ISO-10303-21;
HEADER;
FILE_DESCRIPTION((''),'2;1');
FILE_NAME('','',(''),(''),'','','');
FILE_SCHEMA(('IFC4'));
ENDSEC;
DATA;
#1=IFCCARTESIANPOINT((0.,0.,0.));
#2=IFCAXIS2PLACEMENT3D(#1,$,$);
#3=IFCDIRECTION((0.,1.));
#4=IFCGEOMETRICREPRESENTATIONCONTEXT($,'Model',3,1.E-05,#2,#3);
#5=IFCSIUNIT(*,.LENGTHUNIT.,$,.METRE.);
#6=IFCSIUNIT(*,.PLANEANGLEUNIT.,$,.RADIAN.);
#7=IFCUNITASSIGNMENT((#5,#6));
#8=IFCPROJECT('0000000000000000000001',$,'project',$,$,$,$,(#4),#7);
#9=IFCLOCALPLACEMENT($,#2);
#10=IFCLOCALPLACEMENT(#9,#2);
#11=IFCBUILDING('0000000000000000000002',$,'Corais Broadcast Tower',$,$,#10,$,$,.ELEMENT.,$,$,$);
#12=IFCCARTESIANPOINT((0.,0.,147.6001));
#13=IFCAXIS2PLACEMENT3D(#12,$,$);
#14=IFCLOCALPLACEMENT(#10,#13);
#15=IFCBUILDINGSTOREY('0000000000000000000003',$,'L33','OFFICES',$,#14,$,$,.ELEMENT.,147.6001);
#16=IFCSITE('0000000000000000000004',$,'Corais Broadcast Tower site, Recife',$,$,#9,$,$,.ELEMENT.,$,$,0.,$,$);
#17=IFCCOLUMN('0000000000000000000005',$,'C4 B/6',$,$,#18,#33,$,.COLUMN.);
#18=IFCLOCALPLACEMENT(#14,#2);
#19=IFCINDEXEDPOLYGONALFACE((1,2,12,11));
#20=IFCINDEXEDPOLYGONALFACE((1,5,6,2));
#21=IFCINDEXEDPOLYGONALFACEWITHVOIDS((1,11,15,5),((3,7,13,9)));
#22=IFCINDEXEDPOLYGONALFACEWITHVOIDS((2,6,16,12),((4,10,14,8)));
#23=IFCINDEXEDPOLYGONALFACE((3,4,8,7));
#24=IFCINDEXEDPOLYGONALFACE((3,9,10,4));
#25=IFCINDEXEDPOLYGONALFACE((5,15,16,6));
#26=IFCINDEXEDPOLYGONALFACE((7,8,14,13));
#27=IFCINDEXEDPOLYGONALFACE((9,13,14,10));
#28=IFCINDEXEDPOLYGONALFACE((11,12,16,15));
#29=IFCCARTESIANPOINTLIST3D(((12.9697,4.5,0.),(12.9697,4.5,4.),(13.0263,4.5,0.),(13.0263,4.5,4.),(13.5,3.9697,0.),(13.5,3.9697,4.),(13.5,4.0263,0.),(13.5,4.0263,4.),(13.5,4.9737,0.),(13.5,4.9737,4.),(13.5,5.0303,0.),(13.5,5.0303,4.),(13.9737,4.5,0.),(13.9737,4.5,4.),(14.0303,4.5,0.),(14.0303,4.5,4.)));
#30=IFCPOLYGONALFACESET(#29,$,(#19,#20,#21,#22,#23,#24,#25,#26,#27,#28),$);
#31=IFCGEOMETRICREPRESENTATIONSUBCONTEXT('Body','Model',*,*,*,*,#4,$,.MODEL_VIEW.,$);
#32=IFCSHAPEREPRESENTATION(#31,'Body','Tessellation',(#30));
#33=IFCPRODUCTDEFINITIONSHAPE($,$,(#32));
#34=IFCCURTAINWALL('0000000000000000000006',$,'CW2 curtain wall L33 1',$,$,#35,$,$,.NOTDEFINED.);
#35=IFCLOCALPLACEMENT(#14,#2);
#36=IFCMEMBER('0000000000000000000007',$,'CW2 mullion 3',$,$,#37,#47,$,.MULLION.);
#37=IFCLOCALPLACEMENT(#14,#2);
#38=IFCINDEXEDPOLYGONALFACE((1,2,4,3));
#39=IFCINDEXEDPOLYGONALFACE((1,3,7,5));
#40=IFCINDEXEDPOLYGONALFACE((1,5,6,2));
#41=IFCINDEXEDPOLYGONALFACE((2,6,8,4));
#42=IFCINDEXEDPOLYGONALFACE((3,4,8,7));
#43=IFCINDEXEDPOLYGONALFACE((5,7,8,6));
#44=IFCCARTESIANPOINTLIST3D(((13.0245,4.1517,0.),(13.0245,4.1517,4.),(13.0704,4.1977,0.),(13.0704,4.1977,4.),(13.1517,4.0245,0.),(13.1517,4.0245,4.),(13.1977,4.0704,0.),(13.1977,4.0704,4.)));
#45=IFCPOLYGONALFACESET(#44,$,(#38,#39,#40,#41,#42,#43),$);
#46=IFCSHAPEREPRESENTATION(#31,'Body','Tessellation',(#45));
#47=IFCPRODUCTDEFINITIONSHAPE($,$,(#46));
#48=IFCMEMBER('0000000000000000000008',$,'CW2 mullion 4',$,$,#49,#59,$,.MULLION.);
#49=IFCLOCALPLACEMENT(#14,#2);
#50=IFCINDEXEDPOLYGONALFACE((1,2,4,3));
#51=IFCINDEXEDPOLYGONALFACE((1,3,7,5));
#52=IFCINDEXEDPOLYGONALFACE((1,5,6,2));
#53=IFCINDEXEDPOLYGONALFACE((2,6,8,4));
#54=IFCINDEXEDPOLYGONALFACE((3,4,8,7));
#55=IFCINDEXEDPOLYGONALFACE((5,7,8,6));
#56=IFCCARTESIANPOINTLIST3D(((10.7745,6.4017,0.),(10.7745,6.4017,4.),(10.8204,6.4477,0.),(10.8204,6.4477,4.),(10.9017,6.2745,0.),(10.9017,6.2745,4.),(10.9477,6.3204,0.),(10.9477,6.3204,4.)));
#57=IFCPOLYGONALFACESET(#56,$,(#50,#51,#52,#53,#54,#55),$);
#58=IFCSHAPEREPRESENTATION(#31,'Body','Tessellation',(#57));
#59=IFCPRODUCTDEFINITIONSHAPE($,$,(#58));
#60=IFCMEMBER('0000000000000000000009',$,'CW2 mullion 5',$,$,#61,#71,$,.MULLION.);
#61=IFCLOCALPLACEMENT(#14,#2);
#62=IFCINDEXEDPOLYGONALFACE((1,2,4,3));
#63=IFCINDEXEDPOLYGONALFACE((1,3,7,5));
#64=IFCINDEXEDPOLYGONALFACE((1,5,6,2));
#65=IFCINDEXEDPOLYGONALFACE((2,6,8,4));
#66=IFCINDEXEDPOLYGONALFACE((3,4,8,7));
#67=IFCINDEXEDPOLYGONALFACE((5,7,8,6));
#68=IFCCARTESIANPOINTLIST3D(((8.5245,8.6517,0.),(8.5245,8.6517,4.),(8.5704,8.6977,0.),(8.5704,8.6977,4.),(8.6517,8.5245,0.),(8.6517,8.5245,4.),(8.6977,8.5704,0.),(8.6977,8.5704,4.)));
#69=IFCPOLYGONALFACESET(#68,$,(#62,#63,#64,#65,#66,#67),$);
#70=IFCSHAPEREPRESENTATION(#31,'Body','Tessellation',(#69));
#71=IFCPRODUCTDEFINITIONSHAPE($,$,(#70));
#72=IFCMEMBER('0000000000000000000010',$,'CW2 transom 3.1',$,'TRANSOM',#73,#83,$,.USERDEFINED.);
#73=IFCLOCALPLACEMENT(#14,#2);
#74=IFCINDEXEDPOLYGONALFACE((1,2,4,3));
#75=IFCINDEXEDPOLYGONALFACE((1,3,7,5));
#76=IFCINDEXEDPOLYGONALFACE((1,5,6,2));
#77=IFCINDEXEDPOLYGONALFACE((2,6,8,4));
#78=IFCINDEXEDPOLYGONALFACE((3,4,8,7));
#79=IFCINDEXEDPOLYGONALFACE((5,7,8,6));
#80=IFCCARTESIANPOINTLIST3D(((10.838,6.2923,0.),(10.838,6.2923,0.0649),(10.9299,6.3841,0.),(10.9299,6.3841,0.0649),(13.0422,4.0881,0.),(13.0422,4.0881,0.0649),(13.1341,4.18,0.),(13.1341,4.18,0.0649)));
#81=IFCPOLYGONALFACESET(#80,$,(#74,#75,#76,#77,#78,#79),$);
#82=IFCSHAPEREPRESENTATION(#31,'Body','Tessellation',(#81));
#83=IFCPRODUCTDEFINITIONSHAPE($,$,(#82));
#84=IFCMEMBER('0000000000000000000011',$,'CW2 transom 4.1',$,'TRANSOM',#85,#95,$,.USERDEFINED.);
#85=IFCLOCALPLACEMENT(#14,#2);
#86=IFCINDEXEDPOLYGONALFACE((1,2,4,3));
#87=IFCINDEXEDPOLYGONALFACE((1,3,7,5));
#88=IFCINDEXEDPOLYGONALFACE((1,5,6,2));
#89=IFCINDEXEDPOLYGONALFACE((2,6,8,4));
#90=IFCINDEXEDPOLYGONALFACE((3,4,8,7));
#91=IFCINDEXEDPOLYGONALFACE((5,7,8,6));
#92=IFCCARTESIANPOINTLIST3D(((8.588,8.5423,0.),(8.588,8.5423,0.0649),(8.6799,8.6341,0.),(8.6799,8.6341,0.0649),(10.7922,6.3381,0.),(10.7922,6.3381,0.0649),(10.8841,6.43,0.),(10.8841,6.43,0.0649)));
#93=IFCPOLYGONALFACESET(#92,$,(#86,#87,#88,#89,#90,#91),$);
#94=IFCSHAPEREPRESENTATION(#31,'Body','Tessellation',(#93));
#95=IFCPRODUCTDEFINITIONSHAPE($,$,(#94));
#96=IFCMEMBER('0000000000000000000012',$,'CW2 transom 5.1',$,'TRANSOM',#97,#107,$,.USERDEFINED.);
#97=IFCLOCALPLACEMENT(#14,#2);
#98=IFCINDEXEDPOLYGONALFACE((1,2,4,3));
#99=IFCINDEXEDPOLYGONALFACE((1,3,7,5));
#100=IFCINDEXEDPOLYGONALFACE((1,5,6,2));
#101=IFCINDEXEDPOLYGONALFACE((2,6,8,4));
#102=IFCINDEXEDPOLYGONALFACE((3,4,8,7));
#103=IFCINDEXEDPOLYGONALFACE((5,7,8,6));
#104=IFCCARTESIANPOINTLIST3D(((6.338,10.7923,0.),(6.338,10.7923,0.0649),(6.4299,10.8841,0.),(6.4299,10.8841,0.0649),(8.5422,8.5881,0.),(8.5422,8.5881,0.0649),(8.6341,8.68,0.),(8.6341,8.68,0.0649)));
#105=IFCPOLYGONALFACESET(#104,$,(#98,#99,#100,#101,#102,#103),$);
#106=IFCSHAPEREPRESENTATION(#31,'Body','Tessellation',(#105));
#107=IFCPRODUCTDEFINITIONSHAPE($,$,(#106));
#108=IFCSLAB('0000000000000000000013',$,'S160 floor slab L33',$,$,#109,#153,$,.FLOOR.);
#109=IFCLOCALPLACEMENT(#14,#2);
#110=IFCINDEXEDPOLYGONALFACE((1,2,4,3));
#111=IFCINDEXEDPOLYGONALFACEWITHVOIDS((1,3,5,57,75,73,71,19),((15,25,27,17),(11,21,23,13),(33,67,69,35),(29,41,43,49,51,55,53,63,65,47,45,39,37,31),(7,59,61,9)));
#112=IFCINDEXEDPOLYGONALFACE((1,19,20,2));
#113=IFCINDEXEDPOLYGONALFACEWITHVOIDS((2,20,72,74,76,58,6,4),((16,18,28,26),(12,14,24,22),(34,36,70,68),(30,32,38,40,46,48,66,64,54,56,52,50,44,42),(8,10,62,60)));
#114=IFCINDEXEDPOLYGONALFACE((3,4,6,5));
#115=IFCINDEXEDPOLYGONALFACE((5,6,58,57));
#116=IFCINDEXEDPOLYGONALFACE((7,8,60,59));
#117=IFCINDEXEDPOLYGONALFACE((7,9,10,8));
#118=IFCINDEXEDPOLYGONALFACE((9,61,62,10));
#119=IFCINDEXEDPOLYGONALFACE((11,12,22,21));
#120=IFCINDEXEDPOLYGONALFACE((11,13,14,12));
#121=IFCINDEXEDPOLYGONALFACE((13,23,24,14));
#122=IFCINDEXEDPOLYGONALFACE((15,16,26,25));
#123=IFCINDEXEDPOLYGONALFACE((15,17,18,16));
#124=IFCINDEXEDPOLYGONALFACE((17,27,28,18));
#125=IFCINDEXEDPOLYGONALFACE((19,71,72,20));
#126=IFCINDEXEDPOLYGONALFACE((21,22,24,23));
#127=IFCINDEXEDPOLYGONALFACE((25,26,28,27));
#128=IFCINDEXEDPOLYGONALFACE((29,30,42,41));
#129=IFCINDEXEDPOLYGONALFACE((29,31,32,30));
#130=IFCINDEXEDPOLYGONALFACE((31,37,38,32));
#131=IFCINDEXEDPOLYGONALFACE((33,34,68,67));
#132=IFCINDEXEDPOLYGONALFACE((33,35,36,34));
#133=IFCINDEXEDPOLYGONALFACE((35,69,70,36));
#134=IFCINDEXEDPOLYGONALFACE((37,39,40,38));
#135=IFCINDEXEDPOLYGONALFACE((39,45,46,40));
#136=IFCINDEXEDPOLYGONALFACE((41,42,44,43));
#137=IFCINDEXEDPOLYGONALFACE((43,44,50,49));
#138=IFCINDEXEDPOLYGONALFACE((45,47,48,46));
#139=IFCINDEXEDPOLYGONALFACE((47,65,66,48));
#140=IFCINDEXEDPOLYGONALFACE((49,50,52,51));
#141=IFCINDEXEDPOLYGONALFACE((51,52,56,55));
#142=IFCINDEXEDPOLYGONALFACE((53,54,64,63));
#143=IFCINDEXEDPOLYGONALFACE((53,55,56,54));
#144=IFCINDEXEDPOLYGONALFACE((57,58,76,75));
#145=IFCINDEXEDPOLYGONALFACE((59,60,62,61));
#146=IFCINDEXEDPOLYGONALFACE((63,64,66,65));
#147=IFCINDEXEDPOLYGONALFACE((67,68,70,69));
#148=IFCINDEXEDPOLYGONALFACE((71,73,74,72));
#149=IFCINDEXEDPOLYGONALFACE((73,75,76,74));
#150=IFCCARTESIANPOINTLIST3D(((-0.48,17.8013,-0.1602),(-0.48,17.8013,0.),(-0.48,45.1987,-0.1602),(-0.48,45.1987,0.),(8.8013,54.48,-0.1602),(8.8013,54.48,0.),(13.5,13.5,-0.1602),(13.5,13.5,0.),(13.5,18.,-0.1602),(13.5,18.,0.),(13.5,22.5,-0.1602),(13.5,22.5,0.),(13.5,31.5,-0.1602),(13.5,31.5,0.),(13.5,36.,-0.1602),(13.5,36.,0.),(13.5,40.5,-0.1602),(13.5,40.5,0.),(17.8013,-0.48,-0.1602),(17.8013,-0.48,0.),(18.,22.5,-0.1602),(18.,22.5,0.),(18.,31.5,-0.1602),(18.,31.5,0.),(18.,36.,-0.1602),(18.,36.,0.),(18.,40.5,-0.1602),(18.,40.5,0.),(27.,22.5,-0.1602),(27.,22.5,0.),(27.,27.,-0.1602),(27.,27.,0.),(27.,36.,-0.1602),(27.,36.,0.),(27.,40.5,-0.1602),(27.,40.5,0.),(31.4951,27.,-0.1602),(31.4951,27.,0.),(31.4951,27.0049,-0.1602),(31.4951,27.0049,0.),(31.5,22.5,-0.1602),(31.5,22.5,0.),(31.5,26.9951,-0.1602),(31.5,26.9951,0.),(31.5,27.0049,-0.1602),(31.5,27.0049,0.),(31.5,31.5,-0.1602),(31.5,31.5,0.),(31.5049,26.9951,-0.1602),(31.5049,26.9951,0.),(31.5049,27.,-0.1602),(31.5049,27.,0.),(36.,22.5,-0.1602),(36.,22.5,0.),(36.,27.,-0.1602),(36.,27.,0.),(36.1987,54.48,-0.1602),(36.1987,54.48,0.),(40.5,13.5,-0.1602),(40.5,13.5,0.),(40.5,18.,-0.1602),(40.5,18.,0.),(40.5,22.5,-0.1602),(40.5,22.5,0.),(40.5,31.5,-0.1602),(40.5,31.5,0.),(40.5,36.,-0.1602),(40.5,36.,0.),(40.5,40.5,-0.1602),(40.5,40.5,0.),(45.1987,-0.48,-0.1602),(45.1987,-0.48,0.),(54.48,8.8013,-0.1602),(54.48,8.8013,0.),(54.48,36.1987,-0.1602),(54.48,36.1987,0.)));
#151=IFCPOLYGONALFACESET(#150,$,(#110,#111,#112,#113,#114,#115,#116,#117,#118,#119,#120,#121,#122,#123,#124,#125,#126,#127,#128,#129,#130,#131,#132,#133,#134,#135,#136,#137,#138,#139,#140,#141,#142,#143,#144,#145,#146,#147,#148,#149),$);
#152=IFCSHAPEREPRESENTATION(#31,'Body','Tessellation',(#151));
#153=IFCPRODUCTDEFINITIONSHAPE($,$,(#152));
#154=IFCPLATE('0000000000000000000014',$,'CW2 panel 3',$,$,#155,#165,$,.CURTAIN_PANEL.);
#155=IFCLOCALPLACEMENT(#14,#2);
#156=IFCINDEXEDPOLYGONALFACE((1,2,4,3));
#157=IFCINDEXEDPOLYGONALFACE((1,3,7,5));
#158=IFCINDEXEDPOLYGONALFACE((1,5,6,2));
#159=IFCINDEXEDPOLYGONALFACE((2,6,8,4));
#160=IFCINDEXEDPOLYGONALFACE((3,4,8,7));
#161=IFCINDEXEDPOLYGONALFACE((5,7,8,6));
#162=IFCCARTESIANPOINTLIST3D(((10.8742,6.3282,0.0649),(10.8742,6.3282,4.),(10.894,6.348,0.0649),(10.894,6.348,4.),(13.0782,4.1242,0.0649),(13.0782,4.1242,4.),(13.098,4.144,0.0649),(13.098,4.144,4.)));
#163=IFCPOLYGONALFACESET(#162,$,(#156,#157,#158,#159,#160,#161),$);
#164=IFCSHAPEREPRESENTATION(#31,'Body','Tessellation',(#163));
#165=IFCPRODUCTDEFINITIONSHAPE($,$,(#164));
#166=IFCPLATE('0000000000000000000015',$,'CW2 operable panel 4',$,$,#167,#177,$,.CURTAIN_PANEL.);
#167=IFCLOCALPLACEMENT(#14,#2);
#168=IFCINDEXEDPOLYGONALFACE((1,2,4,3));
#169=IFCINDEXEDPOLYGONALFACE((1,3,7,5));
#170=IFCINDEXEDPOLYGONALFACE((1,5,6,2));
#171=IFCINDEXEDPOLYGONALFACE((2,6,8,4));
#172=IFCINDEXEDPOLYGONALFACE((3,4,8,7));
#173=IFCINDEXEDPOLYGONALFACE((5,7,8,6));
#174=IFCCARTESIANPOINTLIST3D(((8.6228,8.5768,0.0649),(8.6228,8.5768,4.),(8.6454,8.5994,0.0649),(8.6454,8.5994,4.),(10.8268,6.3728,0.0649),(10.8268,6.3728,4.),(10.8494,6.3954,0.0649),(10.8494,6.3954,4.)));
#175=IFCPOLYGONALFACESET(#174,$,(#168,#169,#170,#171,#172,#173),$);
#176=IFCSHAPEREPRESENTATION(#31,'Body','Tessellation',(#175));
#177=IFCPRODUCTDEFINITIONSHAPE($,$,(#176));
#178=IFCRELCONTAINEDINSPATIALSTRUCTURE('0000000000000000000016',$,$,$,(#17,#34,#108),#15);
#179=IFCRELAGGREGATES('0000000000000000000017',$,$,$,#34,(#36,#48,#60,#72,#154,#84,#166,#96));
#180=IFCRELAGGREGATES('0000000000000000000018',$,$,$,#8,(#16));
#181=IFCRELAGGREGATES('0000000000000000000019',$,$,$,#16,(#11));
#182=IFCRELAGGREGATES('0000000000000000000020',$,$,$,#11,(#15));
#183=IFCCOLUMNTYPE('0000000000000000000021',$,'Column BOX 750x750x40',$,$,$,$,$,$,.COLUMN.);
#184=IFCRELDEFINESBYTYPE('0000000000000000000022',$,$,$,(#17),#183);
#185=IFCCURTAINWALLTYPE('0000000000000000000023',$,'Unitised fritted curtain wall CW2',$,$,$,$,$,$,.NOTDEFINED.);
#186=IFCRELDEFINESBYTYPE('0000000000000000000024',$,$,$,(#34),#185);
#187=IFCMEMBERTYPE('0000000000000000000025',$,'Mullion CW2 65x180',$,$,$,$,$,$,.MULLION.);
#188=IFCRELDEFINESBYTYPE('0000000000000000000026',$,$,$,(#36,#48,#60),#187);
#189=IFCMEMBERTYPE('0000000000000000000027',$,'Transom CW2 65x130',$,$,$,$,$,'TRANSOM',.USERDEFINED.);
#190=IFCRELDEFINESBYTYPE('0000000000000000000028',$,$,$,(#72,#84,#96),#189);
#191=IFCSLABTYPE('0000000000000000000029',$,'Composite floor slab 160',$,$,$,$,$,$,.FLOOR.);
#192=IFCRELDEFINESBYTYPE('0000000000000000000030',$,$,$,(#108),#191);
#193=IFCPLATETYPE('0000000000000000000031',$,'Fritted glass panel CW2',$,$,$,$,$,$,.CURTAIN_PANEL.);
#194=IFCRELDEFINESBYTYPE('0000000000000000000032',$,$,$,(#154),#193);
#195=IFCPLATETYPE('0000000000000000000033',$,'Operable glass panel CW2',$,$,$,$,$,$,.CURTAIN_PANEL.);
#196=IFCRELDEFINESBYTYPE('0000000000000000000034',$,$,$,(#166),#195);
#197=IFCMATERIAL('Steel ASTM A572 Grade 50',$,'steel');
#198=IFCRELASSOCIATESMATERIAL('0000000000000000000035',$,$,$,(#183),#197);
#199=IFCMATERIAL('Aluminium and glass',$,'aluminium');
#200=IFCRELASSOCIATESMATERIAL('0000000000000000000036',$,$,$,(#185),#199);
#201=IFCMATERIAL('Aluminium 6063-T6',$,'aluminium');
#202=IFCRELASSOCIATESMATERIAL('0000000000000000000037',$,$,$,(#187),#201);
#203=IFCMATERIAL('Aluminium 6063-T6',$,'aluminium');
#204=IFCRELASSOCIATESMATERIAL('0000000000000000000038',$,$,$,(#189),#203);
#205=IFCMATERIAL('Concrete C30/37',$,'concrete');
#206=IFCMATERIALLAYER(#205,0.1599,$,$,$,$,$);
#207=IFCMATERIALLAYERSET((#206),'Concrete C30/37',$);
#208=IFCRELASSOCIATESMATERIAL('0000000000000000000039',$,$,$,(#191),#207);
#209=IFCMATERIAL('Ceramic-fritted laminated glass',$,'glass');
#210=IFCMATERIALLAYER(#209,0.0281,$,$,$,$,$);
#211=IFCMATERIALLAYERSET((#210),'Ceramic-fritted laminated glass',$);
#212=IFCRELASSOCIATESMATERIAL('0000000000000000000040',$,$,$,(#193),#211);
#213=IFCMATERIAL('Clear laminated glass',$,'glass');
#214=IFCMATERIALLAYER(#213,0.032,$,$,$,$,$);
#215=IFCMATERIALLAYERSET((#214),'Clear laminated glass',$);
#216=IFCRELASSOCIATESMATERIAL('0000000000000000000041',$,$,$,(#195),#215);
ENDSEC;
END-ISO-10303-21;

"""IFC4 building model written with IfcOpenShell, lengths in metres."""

from ifc_helpers import new_model, si_unit, direction, frame, origin, origin_2d, place, context, subcontext, project, spatial, polyline, rectangle, hollow_rectangle, outline, extrude, material, layer, layer_set, material_profile, profile_set, type_object, element, aggregate, save


model = new_model("IFC4")

# Units and contexts
model_context = context("Model", 3, precision=1e-05, world=origin(), true_north=direction((0.0, 1.0)))
body_context = subcontext(model_context, "Body", "Model", "MODEL_VIEW")
ifc_project = project(units=[si_unit("LENGTHUNIT", "METRE"), si_unit("PLANEANGLEUNIT", "RADIAN")], contexts=[model_context])

# Site, building, storey
site_placement = place(None, origin())
site = spatial("IfcSite", under=ifc_project, at=site_placement, Name="Corais Broadcast Tower site, Recife", CompositionType="ELEMENT", RefElevation=0.0)
building_placement = place(site_placement, origin())
building = spatial("IfcBuilding", under=site, at=building_placement, Name="Corais Broadcast Tower", CompositionType="ELEMENT")
storey_placement = place(building_placement, frame((0.0, 0.0, 147.6001)))
storey = spatial("IfcBuildingStorey", under=building, at=storey_placement, Name="L33", Description="OFFICES", CompositionType="ELEMENT", Elevation=147.6001)

# Column
ifc_material_1 = material(Name="Steel ASTM A572 Grade 50", Category="steel")
ifc_material_profile_1 = material_profile(ifc_material_1, hollow_rectangle(XDim=0.75, YDim=0.75, WallThickness=0.04, at=origin_2d()), Name="BOX 750x750x40")
ifc_profile_set_1 = profile_set([ifc_material_profile_1], Name="Steel ASTM A572 Grade 50")
column_type = type_object("IfcColumnType", Name="Column BOX 750x750x40", PredefinedType="COLUMN", material=ifc_profile_set_1)
column_placement = place(storey_placement, frame((13.5, 4.5, 0.0), z_axis=(0.0, 0.0, 1.0), x_axis=(0.707107, 0.707107, 0.0)))
element("IfcColumn", 1, at=column_placement, inside=storey, type_object=column_type, Name="C4 B/6", PredefinedType="COLUMN", context=body_context, shape_type="SweptSolid", body=[
    extrude(hollow_rectangle(XDim=0.75, YDim=0.75, WallThickness=0.04, at=origin_2d()), origin(), (0.0, 0.0, 1.0), 4.0),
])

# Curtain wall, members
ifc_material_2 = material(Name="Aluminium and glass", Category="aluminium")
curtain_wall_type = type_object("IfcCurtainWallType", Name="Unitised fritted curtain wall CW2", PredefinedType="NOTDEFINED", material=ifc_material_2)
curtain_wall_placement = place(storey_placement, origin())
curtain_wall = element("IfcCurtainWall", 2, at=curtain_wall_placement, inside=storey, type_object=curtain_wall_type, Name="CW2 curtain wall L33 1", PredefinedType="NOTDEFINED")
ifc_material_3 = material(Name="Aluminium 6063-T6", Category="aluminium")
ifc_material_profile_2 = material_profile(ifc_material_3, rectangle(XDim=0.0649, YDim=0.1799, at=origin_2d()), Name="Mullion CW2 65x180")
ifc_profile_set_2 = profile_set([ifc_material_profile_2], Name="Aluminium 6063-T6")
member_type_1 = type_object("IfcMemberType", Name="Mullion CW2 65x180", PredefinedType="MULLION", material=ifc_profile_set_2)
member_1_placement = place(storey_placement, frame((13.1111, 4.1111, 0.0), z_axis=(0.0, 0.0, 1.0), x_axis=(-0.707107, -0.707107, 0.0)))
member_1 = element("IfcMember", 3, at=member_1_placement, type_object=member_type_1, Name="CW2 mullion 3", PredefinedType="MULLION", context=body_context, shape_type="SweptSolid", body=[
    extrude(rectangle(XDim=0.0649, YDim=0.1799, at=origin_2d()), origin(), (0.0, 0.0, 1.0), 4.0),
])
member_2_placement = place(storey_placement, frame((10.8611, 6.3611, 0.0), z_axis=(0.0, 0.0, 1.0), x_axis=(-0.707107, -0.707107, 0.0)))
member_2 = element("IfcMember", 4, at=member_2_placement, type_object=member_type_1, Name="CW2 mullion 4", PredefinedType="MULLION", context=body_context, shape_type="SweptSolid", body=[
    extrude(rectangle(XDim=0.0649, YDim=0.1799, at=origin_2d()), origin(), (0.0, 0.0, 1.0), 4.0),
])
member_3_placement = place(storey_placement, frame((8.6111, 8.6111, 0.0), z_axis=(0.0, 0.0, 1.0), x_axis=(-0.707107, -0.707107, 0.0)))
member_3 = element("IfcMember", 5, at=member_3_placement, type_object=member_type_1, Name="CW2 mullion 5", PredefinedType="MULLION", context=body_context, shape_type="SweptSolid", body=[
    extrude(rectangle(XDim=0.0649, YDim=0.1799, at=origin_2d()), origin(), (0.0, 0.0, 1.0), 4.0),
])
ifc_material_4 = material(Name="Aluminium 6063-T6", Category="aluminium")
ifc_material_profile_3 = material_profile(ifc_material_4, rectangle(XDim=0.1299, YDim=0.0649, at=origin_2d()), Name="Transom CW2 65x130")
ifc_profile_set_3 = profile_set([ifc_material_profile_3], Name="Aluminium 6063-T6")
member_type_2 = type_object("IfcMemberType", Name="Transom CW2 65x130", ElementType="TRANSOM", PredefinedType="USERDEFINED", material=ifc_profile_set_3)
member_4_placement = place(storey_placement, frame((13.0881, 4.134, 0.0325), z_axis=(-0.707107, 0.707107, 0.0), x_axis=(-0.707107, -0.707107, 0.0)))
member_4 = element("IfcMember", 6, at=member_4_placement, type_object=member_type_2, Name="CW2 transom 3.1", ObjectType="TRANSOM", PredefinedType="USERDEFINED", context=body_context, shape_type="SweptSolid", body=[
    extrude(rectangle(XDim=0.1299, YDim=0.0649, at=origin_2d()), origin(), (0.0, 0.0, 1.0), 3.1172),
])
member_5_placement = place(storey_placement, frame((10.8381, 6.384, 0.0325), z_axis=(-0.707107, 0.707107, 0.0), x_axis=(-0.707107, -0.707107, 0.0)))
member_5 = element("IfcMember", 7, at=member_5_placement, type_object=member_type_2, Name="CW2 transom 4.1", ObjectType="TRANSOM", PredefinedType="USERDEFINED", context=body_context, shape_type="SweptSolid", body=[
    extrude(rectangle(XDim=0.1299, YDim=0.0649, at=origin_2d()), origin(), (0.0, 0.0, 1.0), 3.1172),
])
member_6_placement = place(storey_placement, frame((8.5881, 8.634, 0.0325), z_axis=(-0.707107, 0.707107, 0.0), x_axis=(-0.707107, -0.707107, 0.0)))
member_6 = element("IfcMember", 8, at=member_6_placement, type_object=member_type_2, Name="CW2 transom 5.1", ObjectType="TRANSOM", PredefinedType="USERDEFINED", context=body_context, shape_type="SweptSolid", body=[
    extrude(rectangle(XDim=0.1299, YDim=0.0649, at=origin_2d()), origin(), (0.0, 0.0, 1.0), 3.1172),
])

# Slab
ifc_material_5 = material(Name="Concrete C30/37", Category="concrete")
ifc_layer_1 = layer(ifc_material_5, 0.1599)
ifc_layer_set_1 = layer_set([ifc_layer_1], Name="Concrete C30/37")
slab_type_1 = type_object("IfcSlabType", Name="Composite floor slab 160", PredefinedType="FLOOR", material=ifc_layer_set_1)
slab_1_placement = place(storey_placement, frame((0.0, 0.0, -0.1602)))
element("IfcSlab", 9, at=slab_1_placement, inside=storey, type_object=slab_type_1, Name="S160 floor slab L33", PredefinedType="FLOOR", context=body_context, shape_type="SweptSolid", body=[
    extrude(outline(polyline([(17.8013, -0.48), (-0.48, 17.8013), (-0.48, 45.1987), (8.8013, 54.48), (36.1987, 54.48), (54.48, 36.1987), (54.48, 8.8013), (45.1987, -0.48), (17.8013, -0.48)]), holes=[polyline([(13.5, 18.0), (40.5, 18.0), (40.5, 13.5), (13.5, 13.5), (13.5, 18.0)]), polyline([(18.0, 22.5), (13.5, 22.5), (13.5, 31.5), (18.0, 31.5), (18.0, 22.5)]), polyline([(18.0, 36.0), (13.5, 36.0), (13.5, 40.5), (18.0, 40.5), (18.0, 36.0)]), polyline([(31.5, 22.5), (27.0, 22.5), (27.0, 27.0), (31.4951, 27.0), (31.4951, 27.0049), (31.5, 27.0049), (31.5, 31.5), (40.5, 31.5), (40.5, 22.5), (36.0, 22.5), (36.0, 27.0), (31.5049, 27.0), (31.5049, 26.9951), (31.5, 26.9951), (31.5, 22.5)]), polyline([(27.0, 40.5), (40.5, 40.5), (40.5, 36.0), (27.0, 36.0), (27.0, 40.5)])]), origin(), (0.0, 0.0, 1.0), 0.1602),
])

# Plates
ifc_material_6 = material(Name="Ceramic-fritted laminated glass", Category="glass")
ifc_layer_2 = layer(ifc_material_6, 0.0281)
ifc_layer_set_2 = layer_set([ifc_layer_2], Name="Ceramic-fritted laminated glass")
plate_type_1 = type_object("IfcPlateType", Name="Fritted glass panel CW2", PredefinedType="CURTAIN_PANEL", material=ifc_layer_set_2)
plate_1_placement = place(storey_placement, frame((11.9861, 5.2361, 0.0649), z_axis=(0.0, 0.0, 1.0), x_axis=(-0.707107, 0.707107, 0.0)))
plate_1 = element("IfcPlate", 10, at=plate_1_placement, type_object=plate_type_1, Name="CW2 panel 3", PredefinedType="CURTAIN_PANEL", context=body_context, shape_type="SweptSolid", body=[
    extrude(rectangle(XDim=3.1169, YDim=0.0281, at=origin_2d()), origin(), (0.0, 0.0, 1.0), 3.9351),
])
ifc_material_7 = material(Name="Clear laminated glass", Category="glass")
ifc_layer_3 = layer(ifc_material_7, 0.032)
ifc_layer_set_3 = layer_set([ifc_layer_3], Name="Clear laminated glass")
plate_type_2 = type_object("IfcPlateType", Name="Operable glass panel CW2", PredefinedType="CURTAIN_PANEL", material=ifc_layer_set_3)
plate_2_placement = place(storey_placement, frame((9.7361, 7.4861, 0.0649), z_axis=(0.0, 0.0, 1.0), x_axis=(-0.707107, 0.707107, 0.0)))
plate_2 = element("IfcPlate", 11, at=plate_2_placement, type_object=plate_type_2, Name="CW2 operable panel 4", PredefinedType="CURTAIN_PANEL", context=body_context, shape_type="SweptSolid", body=[
    extrude(rectangle(XDim=3.1169, YDim=0.032, at=origin_2d()), origin(), (0.0, 0.0, 1.0), 3.9351),
])
aggregate(curtain_wall, [member_1, member_2, member_3, member_4, plate_1, member_5, plate_2, member_6])

save(model, "model.ifc")
